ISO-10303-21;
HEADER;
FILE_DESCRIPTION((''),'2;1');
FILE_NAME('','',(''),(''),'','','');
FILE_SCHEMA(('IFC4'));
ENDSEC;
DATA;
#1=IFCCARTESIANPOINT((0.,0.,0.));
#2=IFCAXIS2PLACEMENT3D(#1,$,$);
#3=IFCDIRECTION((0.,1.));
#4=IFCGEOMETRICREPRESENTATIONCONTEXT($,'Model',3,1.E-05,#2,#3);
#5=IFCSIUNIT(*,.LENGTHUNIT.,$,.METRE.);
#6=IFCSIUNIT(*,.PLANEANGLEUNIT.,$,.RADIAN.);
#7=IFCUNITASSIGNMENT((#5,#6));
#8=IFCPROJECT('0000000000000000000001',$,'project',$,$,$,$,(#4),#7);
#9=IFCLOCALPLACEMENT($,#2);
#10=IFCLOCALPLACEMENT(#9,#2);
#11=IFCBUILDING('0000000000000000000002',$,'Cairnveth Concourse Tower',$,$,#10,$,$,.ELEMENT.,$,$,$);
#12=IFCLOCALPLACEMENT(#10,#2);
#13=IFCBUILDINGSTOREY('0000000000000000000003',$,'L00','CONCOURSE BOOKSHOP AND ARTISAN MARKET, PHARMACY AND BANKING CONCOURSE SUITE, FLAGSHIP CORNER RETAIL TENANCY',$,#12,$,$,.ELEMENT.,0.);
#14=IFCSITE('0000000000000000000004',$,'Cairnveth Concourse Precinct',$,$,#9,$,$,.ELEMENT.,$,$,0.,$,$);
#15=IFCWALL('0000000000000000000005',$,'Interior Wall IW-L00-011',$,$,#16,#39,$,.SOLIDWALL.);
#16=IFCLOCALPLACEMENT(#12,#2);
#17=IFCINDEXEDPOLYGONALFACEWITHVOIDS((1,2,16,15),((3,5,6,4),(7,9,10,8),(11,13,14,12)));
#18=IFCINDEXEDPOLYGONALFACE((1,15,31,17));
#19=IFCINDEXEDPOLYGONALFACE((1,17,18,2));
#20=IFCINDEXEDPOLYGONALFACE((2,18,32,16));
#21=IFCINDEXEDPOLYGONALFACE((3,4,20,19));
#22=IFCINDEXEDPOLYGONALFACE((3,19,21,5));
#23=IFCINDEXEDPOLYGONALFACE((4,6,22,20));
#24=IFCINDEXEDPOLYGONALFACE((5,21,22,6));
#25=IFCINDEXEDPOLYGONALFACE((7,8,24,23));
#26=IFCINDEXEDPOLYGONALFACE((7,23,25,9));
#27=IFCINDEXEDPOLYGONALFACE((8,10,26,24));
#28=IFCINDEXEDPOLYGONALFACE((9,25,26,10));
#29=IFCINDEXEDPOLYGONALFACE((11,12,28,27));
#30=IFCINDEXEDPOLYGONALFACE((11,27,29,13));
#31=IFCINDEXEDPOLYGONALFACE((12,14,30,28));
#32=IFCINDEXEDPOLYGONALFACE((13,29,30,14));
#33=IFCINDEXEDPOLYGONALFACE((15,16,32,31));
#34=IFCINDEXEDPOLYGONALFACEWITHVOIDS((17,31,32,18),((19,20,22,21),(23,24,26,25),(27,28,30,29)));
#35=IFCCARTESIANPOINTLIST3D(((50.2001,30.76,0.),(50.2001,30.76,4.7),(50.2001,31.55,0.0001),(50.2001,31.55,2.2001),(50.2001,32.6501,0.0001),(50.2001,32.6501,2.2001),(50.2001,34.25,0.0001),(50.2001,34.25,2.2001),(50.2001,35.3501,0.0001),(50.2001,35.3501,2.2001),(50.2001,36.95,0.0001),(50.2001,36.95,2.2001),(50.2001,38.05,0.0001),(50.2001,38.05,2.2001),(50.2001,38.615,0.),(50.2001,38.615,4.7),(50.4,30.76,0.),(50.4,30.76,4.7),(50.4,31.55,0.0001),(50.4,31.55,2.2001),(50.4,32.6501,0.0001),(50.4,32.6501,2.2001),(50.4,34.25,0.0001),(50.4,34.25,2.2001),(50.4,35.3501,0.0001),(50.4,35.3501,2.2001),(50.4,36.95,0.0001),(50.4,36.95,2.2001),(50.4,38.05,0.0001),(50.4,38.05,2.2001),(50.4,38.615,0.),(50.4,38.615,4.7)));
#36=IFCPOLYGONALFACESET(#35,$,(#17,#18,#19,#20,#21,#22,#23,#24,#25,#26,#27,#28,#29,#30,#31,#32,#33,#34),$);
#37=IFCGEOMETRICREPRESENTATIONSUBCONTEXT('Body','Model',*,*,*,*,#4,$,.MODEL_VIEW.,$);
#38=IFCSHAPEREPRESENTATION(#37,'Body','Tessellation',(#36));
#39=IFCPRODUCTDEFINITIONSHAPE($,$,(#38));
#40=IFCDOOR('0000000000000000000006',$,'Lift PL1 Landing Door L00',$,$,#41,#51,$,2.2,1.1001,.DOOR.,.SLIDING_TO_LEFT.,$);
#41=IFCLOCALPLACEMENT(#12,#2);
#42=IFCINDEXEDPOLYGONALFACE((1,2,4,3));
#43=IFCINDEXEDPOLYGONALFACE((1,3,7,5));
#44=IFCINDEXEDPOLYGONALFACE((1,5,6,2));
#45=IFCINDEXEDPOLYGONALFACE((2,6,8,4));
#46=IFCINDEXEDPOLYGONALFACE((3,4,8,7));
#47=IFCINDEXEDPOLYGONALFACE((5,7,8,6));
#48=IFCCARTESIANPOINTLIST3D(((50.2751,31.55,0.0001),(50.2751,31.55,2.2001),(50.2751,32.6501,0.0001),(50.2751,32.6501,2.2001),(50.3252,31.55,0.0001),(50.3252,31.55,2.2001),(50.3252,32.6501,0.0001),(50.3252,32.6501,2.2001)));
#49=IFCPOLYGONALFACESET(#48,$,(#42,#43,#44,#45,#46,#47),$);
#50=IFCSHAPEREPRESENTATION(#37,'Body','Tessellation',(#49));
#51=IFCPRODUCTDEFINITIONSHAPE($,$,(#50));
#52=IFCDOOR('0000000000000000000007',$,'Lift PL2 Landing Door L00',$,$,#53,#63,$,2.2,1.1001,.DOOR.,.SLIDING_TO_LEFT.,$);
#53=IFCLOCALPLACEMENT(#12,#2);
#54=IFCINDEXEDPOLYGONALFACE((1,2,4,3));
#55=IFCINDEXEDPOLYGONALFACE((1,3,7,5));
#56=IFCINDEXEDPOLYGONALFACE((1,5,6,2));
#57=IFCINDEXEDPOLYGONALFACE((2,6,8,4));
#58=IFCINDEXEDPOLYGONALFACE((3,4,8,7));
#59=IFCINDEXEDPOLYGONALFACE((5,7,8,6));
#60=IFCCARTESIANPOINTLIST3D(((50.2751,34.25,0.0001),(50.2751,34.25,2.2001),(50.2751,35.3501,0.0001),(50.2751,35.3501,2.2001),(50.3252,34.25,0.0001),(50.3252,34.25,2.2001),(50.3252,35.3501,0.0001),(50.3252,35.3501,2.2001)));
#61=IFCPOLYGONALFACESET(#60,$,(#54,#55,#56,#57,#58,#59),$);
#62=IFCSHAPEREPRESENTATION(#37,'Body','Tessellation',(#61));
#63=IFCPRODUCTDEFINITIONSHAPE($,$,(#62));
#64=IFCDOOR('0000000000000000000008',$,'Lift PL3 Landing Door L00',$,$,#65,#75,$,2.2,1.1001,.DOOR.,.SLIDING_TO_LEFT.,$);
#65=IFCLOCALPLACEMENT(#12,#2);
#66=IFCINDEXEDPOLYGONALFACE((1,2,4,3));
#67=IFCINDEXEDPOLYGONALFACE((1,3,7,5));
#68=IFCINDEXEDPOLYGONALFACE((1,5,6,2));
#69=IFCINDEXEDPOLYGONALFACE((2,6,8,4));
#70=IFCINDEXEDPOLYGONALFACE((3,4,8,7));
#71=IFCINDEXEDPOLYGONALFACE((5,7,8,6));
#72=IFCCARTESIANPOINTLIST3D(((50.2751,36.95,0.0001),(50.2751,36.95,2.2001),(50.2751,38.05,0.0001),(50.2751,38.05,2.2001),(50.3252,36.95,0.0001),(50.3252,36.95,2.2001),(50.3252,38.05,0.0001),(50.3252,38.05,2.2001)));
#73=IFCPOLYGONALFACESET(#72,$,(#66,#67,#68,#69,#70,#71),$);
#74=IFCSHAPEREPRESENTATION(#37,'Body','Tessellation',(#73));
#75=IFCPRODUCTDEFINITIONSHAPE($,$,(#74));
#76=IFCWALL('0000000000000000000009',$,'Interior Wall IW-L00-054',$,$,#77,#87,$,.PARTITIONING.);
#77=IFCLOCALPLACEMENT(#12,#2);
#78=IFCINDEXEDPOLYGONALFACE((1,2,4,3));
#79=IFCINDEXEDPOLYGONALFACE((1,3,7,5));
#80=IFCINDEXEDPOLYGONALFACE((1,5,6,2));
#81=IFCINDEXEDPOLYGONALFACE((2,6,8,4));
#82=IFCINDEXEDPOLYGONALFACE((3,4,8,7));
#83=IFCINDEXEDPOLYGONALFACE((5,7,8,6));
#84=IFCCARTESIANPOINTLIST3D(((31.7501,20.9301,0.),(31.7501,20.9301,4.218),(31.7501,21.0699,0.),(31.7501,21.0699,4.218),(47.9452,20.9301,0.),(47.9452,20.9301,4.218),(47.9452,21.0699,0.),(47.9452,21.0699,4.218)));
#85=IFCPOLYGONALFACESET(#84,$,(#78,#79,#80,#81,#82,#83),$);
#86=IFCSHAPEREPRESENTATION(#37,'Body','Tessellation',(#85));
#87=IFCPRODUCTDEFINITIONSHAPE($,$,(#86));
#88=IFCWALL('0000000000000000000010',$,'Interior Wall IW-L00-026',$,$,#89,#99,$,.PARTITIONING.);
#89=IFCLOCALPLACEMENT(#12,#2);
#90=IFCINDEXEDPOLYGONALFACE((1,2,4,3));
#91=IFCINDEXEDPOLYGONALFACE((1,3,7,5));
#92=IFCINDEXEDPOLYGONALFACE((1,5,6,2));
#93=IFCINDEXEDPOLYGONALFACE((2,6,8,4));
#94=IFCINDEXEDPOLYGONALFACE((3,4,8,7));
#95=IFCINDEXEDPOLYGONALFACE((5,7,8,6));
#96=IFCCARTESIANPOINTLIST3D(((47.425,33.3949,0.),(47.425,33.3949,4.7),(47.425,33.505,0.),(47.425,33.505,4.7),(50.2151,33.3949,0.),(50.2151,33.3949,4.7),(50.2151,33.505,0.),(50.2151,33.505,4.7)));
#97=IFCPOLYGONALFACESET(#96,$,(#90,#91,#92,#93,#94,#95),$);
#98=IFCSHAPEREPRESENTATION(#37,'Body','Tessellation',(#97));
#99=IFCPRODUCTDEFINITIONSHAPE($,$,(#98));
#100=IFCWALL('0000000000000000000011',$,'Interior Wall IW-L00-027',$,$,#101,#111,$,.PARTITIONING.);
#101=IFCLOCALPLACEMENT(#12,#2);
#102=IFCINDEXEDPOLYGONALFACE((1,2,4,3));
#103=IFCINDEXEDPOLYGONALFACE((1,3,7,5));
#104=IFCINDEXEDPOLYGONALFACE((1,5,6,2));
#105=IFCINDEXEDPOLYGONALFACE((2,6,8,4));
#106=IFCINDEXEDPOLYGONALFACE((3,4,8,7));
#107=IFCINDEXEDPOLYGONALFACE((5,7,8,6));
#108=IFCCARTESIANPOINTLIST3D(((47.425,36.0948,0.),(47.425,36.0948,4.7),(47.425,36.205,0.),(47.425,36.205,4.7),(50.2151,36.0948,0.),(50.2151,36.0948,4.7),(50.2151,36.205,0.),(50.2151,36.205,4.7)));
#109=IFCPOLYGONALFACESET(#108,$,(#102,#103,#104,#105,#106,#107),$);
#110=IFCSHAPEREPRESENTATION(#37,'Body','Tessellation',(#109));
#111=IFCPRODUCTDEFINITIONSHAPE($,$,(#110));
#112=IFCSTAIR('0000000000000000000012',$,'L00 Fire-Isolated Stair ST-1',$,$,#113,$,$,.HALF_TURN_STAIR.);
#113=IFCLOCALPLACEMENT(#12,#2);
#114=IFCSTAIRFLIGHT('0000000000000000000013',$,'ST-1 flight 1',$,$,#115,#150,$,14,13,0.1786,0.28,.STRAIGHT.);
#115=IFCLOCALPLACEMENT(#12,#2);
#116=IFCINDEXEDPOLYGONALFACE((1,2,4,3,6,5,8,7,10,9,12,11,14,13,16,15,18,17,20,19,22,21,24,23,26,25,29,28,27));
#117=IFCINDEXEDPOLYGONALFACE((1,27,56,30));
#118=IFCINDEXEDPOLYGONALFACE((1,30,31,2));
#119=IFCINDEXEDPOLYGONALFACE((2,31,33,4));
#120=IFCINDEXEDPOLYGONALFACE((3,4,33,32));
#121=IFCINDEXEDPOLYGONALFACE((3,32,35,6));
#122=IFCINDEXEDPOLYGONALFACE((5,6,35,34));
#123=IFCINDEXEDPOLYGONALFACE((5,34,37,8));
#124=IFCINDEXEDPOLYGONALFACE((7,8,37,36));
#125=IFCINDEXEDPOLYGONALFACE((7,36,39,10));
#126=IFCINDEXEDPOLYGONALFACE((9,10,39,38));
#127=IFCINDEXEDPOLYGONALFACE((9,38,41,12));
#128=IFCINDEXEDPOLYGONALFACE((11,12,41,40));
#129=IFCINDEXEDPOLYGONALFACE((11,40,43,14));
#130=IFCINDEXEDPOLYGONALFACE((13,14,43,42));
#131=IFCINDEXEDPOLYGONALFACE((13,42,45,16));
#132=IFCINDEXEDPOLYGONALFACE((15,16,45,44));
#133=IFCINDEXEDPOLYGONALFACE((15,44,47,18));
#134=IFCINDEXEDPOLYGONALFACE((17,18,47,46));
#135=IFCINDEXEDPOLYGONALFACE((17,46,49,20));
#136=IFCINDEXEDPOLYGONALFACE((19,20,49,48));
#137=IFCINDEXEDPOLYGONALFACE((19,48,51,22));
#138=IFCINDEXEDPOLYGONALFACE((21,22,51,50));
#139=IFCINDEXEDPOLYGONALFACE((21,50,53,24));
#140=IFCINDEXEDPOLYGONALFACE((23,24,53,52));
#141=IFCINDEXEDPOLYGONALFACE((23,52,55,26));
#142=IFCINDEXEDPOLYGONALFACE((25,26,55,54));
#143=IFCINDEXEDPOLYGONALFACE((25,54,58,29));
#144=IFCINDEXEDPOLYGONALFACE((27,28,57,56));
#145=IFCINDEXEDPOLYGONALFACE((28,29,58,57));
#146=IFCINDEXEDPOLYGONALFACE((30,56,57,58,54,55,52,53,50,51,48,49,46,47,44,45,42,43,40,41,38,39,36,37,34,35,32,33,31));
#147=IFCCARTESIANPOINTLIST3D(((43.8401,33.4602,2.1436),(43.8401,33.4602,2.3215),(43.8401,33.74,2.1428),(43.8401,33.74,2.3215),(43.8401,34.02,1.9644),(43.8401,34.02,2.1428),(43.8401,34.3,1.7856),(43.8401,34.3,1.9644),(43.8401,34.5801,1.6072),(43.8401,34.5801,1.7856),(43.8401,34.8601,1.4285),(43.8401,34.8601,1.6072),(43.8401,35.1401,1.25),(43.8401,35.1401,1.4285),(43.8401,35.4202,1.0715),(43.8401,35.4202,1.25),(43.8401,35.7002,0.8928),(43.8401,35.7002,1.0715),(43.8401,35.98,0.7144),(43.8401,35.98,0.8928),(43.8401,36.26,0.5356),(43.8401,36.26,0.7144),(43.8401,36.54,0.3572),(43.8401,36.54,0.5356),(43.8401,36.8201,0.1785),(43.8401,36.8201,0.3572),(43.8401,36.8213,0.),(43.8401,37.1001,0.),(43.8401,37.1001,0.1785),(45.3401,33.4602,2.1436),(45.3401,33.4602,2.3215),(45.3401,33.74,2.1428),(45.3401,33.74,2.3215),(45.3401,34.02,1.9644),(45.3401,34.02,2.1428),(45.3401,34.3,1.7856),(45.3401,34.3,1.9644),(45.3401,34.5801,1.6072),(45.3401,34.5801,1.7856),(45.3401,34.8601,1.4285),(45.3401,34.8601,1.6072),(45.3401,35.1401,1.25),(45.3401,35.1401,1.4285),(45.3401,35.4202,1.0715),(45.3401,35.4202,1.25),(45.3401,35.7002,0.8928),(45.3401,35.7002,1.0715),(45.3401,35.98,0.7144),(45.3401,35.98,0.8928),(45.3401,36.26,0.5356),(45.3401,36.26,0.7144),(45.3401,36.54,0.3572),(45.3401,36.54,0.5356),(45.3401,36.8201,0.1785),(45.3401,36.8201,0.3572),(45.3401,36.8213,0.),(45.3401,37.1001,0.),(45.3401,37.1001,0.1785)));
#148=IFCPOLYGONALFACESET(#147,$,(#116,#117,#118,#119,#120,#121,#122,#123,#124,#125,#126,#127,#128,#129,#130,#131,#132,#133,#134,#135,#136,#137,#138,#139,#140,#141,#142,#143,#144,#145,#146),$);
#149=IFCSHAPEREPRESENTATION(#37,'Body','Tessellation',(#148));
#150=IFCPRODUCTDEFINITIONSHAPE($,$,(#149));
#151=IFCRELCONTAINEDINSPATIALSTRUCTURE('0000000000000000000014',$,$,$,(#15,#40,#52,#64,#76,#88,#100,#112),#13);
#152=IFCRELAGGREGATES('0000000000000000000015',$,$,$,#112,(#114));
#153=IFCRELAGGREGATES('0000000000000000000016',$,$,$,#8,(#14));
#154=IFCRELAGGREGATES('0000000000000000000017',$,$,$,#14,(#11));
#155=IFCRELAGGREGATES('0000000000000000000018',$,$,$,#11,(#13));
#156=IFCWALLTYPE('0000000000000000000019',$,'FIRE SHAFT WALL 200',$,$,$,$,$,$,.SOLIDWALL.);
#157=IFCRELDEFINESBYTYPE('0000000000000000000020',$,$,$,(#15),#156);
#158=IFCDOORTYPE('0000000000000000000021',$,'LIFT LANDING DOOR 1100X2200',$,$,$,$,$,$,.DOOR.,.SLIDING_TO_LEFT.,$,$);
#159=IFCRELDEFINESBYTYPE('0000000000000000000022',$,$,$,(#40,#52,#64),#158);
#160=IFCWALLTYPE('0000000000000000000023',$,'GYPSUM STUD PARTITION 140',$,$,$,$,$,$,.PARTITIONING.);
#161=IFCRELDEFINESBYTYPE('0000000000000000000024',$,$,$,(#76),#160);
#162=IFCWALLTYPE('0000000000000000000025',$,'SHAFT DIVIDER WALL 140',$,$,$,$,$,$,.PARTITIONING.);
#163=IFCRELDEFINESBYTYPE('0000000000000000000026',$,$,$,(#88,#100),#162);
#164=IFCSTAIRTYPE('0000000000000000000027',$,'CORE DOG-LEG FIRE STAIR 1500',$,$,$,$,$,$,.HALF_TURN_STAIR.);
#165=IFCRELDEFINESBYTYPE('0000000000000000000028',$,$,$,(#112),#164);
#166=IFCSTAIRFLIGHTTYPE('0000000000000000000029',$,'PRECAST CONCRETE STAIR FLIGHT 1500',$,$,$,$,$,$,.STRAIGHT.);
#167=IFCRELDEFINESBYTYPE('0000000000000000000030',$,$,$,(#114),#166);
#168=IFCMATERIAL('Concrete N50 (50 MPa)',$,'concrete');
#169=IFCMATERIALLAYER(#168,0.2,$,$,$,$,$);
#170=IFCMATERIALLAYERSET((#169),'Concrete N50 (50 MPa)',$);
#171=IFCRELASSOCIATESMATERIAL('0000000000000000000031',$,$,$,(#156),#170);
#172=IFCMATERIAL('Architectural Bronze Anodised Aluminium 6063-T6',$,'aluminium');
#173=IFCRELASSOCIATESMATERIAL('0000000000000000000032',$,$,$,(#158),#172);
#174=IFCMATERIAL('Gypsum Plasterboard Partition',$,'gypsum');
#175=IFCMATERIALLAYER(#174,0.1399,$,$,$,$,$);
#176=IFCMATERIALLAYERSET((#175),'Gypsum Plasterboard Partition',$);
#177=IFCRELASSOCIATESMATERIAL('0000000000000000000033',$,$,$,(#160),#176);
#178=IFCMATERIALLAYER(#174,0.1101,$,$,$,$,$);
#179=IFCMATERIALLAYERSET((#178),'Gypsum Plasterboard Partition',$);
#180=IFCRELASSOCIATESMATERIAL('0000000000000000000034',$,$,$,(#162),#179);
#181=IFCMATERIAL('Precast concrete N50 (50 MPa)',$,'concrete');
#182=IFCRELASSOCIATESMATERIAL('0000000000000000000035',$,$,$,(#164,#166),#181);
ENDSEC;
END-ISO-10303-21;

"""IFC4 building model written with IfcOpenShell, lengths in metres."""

from ifc_helpers import new_model, si_unit, direction, frame, frame_2d, origin, place, context, subcontext, project, spatial, polyline, rectangle, outline, extrude, material, layer, layer_set, type_object, element, fill, aggregate, save


model = new_model("IFC4")

# Units and contexts
model_context = context("Model", 3, precision=1e-05, world=origin(), true_north=direction((0.0, 1.0)))
body_context = subcontext(model_context, "Body", "Model", "MODEL_VIEW")
ifc_project = project(units=[si_unit("LENGTHUNIT", "METRE"), si_unit("PLANEANGLEUNIT", "RADIAN")], contexts=[model_context])

# Site, building, storey
site_placement = place(None, origin())
site = spatial("IfcSite", under=ifc_project, at=site_placement, Name="Cairnveth Concourse Precinct", CompositionType="ELEMENT", RefElevation=0.0)
building_placement = place(site_placement, origin())
building = spatial("IfcBuilding", under=site, at=building_placement, Name="Cairnveth Concourse Tower", CompositionType="ELEMENT")
storey_placement = place(building_placement, origin())
storey = spatial("IfcBuildingStorey", under=building, at=storey_placement, Name="L00", Description="CONCOURSE BOOKSHOP AND ARTISAN MARKET, PHARMACY AND BANKING CONCOURSE SUITE, FLAGSHIP CORNER RETAIL TENANCY", CompositionType="ELEMENT", Elevation=0.0)

# Shared definitions
ifc_material_1 = material(Name="Concrete N50 (50 MPa)", Category="concrete")

# Wall, openings, doors
ifc_layer_1 = layer(ifc_material_1, 0.2)
ifc_layer_set_1 = layer_set([ifc_layer_1], Name="Concrete N50 (50 MPa)")
wall_type_1 = type_object("IfcWallType", Name="FIRE SHAFT WALL 200", PredefinedType="SOLIDWALL", material=ifc_layer_set_1)
wall_1_placement = place(storey_placement, frame((50.3, 30.76, 0.0), z_axis=(0.0, 0.0, 1.0), x_axis=(0.0, 1.0, 0.0)))
wall_1 = element("IfcWall", 1, at=wall_1_placement, inside=storey, type_object=wall_type_1, Name="Interior Wall IW-L00-011", PredefinedType="SOLIDWALL", context=body_context, shape_type="SweptSolid", body=[
    extrude(rectangle(XDim=7.855, YDim=0.2, at=frame_2d((3.9275, 0.0))), origin(), (0.0, 0.0, 1.0), 4.7),
])
opening_1_placement = place(wall_1_placement, frame((0.79, 0.0, 0.0)))
opening_1 = element("IfcOpeningElement", 2, at=opening_1_placement, cuts=wall_1, PredefinedType="OPENING", context=body_context, shape_type="SweptSolid", body=[
    extrude(rectangle(XDim=1.1001, YDim=2.2, at=frame_2d((0.55, 1.1001))), frame((0.0, 0.1099, 0.0), z_axis=(0.0, -1.0, 0.0), x_axis=(1.0, 0.0, 0.0)), (0.0, 0.0, 1.0), 0.22),
])
opening_2_placement = place(wall_1_placement, frame((3.49, 0.0, 0.0)))
opening_2 = element("IfcOpeningElement", 3, at=opening_2_placement, cuts=wall_1, PredefinedType="OPENING", context=body_context, shape_type="SweptSolid", body=[
    extrude(rectangle(XDim=1.1001, YDim=2.2, at=frame_2d((0.55, 1.1001))), frame((0.0, 0.1099, 0.0), z_axis=(0.0, -1.0, 0.0), x_axis=(1.0, 0.0, 0.0)), (0.0, 0.0, 1.0), 0.22),
])
opening_3_placement = place(wall_1_placement, frame((6.1899, 0.0, 0.0)))
opening_3 = element("IfcOpeningElement", 4, at=opening_3_placement, cuts=wall_1, PredefinedType="OPENING", context=body_context, shape_type="SweptSolid", body=[
    extrude(rectangle(XDim=1.1001, YDim=2.2, at=frame_2d((0.55, 1.1001))), frame((0.0, 0.1099, 0.0), z_axis=(0.0, -1.0, 0.0), x_axis=(1.0, 0.0, 0.0)), (0.0, 0.0, 1.0), 0.22),
])
ifc_material_2 = material(Name="Architectural Bronze Anodised Aluminium 6063-T6", Category="aluminium")
door_type_1 = type_object("IfcDoorType", Name="LIFT LANDING DOOR 1100X2200", OperationType="SLIDING_TO_LEFT", PredefinedType="DOOR", material=ifc_material_2)
door_1_placement = place(opening_1_placement, origin())
door_1 = element("IfcDoor", 5, at=door_1_placement, inside=storey, type_object=door_type_1, Name="Lift PL1 Landing Door L00", OperationType="SLIDING_TO_LEFT", OverallHeight=2.2, OverallWidth=1.1001, PredefinedType="DOOR", context=body_context, shape_type="SweptSolid", body=[
    extrude(rectangle(XDim=1.1001, YDim=2.2, at=frame_2d((0.55, 1.1001))), frame((0.0, 0.0249, 0.0), z_axis=(0.0, -1.0, 0.0), x_axis=(1.0, 0.0, 0.0)), (0.0, 0.0, 1.0), 0.05),
])
fill(opening_1, door_1)
door_2_placement = place(opening_2_placement, origin())
door_2 = element("IfcDoor", 6, at=door_2_placement, inside=storey, type_object=door_type_1, Name="Lift PL2 Landing Door L00", OperationType="SLIDING_TO_LEFT", OverallHeight=2.2, OverallWidth=1.1001, PredefinedType="DOOR", context=body_context, shape_type="SweptSolid", body=[
    extrude(rectangle(XDim=1.1001, YDim=2.2, at=frame_2d((0.55, 1.1001))), frame((0.0, 0.0249, 0.0), z_axis=(0.0, -1.0, 0.0), x_axis=(1.0, 0.0, 0.0)), (0.0, 0.0, 1.0), 0.05),
])
fill(opening_2, door_2)
door_3_placement = place(opening_3_placement, origin())
door_3 = element("IfcDoor", 7, at=door_3_placement, inside=storey, type_object=door_type_1, Name="Lift PL3 Landing Door L00", OperationType="SLIDING_TO_LEFT", OverallHeight=2.2, OverallWidth=1.1001, PredefinedType="DOOR", context=body_context, shape_type="SweptSolid", body=[
    extrude(rectangle(XDim=1.1001, YDim=2.2, at=frame_2d((0.55, 1.1001))), frame((0.0, 0.0249, 0.0), z_axis=(0.0, -1.0, 0.0), x_axis=(1.0, 0.0, 0.0)), (0.0, 0.0, 1.0), 0.05),
])
fill(opening_3, door_3)

# Walls
ifc_material_3 = material(Name="Gypsum Plasterboard Partition", Category="gypsum")
ifc_layer_2 = layer(ifc_material_3, 0.1399)
ifc_layer_set_2 = layer_set([ifc_layer_2], Name="Gypsum Plasterboard Partition")
wall_type_2 = type_object("IfcWallType", Name="GYPSUM STUD PARTITION 140", PredefinedType="PARTITIONING", material=ifc_layer_set_2)
wall_2_placement = place(storey_placement, frame((31.75, 21.0, 0.0), z_axis=(0.0, 0.0, 1.0), x_axis=(1.0, 0.0, 0.0)))
element("IfcWall", 8, at=wall_2_placement, inside=storey, type_object=wall_type_2, Name="Interior Wall IW-L00-054", PredefinedType="PARTITIONING", context=body_context, shape_type="SweptSolid", body=[
    extrude(rectangle(XDim=16.1951, YDim=0.1399, at=frame_2d((8.0977, 0.0))), origin(), (0.0, 0.0, 1.0), 4.218),
])
ifc_layer_3 = layer(ifc_material_3, 0.1101)
ifc_layer_set_3 = layer_set([ifc_layer_3], Name="Gypsum Plasterboard Partition")
wall_type_3 = type_object("IfcWallType", Name="SHAFT DIVIDER WALL 140", PredefinedType="PARTITIONING", material=ifc_layer_set_3)
for number, where, z_axis, x_axis, name in (
    (9, (47.425, 33.45, 0.0), (0.0, 0.0, 1.0), (1.0, 0.0, 0.0), "Interior Wall IW-L00-026"),
    (10, (47.425, 36.1499, 0.0), (0.0, 0.0, 1.0), (1.0, 0.0, 0.0), "Interior Wall IW-L00-027"),
):
    element("IfcWall", number, at=place(storey_placement, frame(where, z_axis=z_axis, x_axis=x_axis)), inside=storey, type_object=wall_type_3, Name=name, PredefinedType="PARTITIONING", context=body_context, shape_type="SweptSolid", body=[
        extrude(rectangle(XDim=2.79, YDim=0.1101, at=frame_2d((1.395, 0.0))), origin(), (0.0, 0.0, 1.0), 4.7),
    ])

# Stair, stair flight
ifc_material_4 = material(Name="Precast concrete N50 (50 MPa)", Category="concrete")
stair_type = type_object("IfcStairType", Name="CORE DOG-LEG FIRE STAIR 1500", PredefinedType="HALF_TURN_STAIR", material=ifc_material_4)
stair_placement = place(storey_placement, origin())
stair = element("IfcStair", 11, at=stair_placement, inside=storey, type_object=stair_type, Name="L00 Fire-Isolated Stair ST-1", PredefinedType="HALF_TURN_STAIR")
stair_flight_type = type_object("IfcStairFlightType", Name="PRECAST CONCRETE STAIR FLIGHT 1500", PredefinedType="STRAIGHT", material=ifc_material_4)
stair_flight_1_placement = place(storey_placement, frame((44.5901, 37.1001, 0.0), z_axis=(0.0, 0.0, 1.0), x_axis=(0.0, -1.0, 0.0)))
stair_flight_1 = element("IfcStairFlight", 12, at=stair_flight_1_placement, type_object=stair_flight_type, Name="ST-1 flight 1", NumberOfRisers=14, NumberOfTreads=13, PredefinedType="STRAIGHT", RiserHeight=0.1786, TreadLength=0.28, context=body_context, shape_type="SweptSolid", body=[
    extrude(outline(polyline([(0.0, 0.0), (0.0, 0.1785), (0.28, 0.1785), (0.28, 0.3572), (0.5601, 0.3572), (0.5601, 0.5356), (0.8401, 0.5356), (0.8401, 0.7144), (1.1201, 0.7144), (1.1201, 0.8928), (1.3999, 0.8928), (1.3999, 1.0715), (1.6799, 1.0715), (1.6799, 1.25), (1.96, 1.25), (1.96, 1.4285), (2.24, 1.4285), (2.24, 1.6072), (2.52, 1.6072), (2.52, 1.7856), (2.8, 1.7856), (2.8, 1.9644), (3.0801, 1.9644), (3.0801, 2.1428), (3.3601, 2.1428), (3.3601, 2.3215), (3.6399, 2.3215), (3.6399, 2.5), (3.6399, 2.1436), (0.2788, 0.0), (0.0, 0.0)])), frame((0.0, 0.75, 0.0), z_axis=(0.0, -1.0, 0.0), x_axis=(1.0, 0.0, 0.0)), (0.0, 0.0, 1.0), 1.5),
])
aggregate(stair, [stair_flight_1])

save(model, "model.ifc")
